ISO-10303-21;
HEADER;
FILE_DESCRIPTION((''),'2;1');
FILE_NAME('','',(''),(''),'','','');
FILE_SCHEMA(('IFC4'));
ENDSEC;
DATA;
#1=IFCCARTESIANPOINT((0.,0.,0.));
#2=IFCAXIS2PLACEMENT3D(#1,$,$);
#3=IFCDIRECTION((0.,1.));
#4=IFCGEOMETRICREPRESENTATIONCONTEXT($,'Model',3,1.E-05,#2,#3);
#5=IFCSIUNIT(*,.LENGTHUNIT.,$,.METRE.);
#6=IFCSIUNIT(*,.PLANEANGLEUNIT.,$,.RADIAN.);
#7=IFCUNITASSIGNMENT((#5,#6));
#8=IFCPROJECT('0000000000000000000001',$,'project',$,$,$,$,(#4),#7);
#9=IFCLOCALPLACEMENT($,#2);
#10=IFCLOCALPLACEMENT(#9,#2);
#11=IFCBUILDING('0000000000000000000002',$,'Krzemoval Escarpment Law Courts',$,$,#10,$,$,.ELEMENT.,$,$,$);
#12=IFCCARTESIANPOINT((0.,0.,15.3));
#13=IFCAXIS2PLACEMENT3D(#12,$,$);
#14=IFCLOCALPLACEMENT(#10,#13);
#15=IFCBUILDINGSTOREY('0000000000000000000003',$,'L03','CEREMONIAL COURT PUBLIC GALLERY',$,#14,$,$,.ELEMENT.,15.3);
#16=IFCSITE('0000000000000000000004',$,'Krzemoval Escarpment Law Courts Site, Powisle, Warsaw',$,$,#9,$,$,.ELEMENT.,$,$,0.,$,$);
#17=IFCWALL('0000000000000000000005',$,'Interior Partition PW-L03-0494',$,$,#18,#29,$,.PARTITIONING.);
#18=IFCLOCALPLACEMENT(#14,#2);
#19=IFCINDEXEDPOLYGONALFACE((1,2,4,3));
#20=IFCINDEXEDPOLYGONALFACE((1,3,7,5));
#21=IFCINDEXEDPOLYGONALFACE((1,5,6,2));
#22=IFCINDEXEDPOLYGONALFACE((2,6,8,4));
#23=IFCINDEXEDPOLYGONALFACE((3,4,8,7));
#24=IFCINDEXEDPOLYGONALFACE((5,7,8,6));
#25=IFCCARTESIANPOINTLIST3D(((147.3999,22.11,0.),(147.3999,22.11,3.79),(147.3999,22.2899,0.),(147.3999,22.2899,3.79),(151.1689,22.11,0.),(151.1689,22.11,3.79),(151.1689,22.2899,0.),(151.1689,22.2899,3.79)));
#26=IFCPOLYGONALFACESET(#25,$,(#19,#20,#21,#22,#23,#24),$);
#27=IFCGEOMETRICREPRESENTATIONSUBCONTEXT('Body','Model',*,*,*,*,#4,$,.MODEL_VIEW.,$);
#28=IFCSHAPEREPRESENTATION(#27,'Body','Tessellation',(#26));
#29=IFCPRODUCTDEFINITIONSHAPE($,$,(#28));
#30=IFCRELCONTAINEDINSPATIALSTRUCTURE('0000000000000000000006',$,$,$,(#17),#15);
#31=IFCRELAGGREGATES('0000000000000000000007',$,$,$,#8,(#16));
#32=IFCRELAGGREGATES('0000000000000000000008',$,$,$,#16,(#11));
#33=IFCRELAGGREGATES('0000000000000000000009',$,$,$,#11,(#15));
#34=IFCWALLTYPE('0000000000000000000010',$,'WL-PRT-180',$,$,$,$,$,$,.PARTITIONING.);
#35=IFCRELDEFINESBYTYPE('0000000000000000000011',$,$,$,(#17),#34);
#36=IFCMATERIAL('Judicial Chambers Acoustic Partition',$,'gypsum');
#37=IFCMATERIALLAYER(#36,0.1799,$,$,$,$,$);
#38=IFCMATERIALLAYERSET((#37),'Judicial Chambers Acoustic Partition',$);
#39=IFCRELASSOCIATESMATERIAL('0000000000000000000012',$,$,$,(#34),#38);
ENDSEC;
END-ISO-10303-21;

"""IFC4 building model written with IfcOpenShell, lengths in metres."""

from ifc_helpers import new_model, si_unit, direction, frame, frame_2d, origin, place, context, subcontext, project, spatial, rectangle, extrude, material, layer, layer_set, type_object, element, save


model = new_model("IFC4")

# Units and contexts
model_context = context("Model", 3, precision=1e-05, world=origin(), true_north=direction((0.0, 1.0)))
body_context = subcontext(model_context, "Body", "Model", "MODEL_VIEW")
ifc_project = project(units=[si_unit("LENGTHUNIT", "METRE"), si_unit("PLANEANGLEUNIT", "RADIAN")], contexts=[model_context])

# Site, building, storey
site_placement = place(None, origin())
site = spatial("IfcSite", under=ifc_project, at=site_placement, Name="Krzemoval Escarpment Law Courts Site, Powisle, Warsaw", CompositionType="ELEMENT", RefElevation=0.0)
building_placement = place(site_placement, origin())
building = spatial("IfcBuilding", under=site, at=building_placement, Name="Krzemoval Escarpment Law Courts", CompositionType="ELEMENT")
storey_placement = place(building_placement, frame((0.0, 0.0, 15.3)))
storey = spatial("IfcBuildingStorey", under=building, at=storey_placement, Name="L03", Description="CEREMONIAL COURT PUBLIC GALLERY", CompositionType="ELEMENT", Elevation=15.3)

# Wall
ifc_material_1 = material(Name="Judicial Chambers Acoustic Partition", Category="gypsum")
ifc_layer_1 = layer(ifc_material_1, 0.1799)
ifc_layer_set_1 = layer_set([ifc_layer_1], Name="Judicial Chambers Acoustic Partition")
wall_type_1 = type_object("IfcWallType", Name="WL-PRT-180", PredefinedType="PARTITIONING", material=ifc_layer_set_1)
wall_1_placement = place(storey_placement, frame((147.3999, 22.2, 0.0), z_axis=(0.0, 0.0, 1.0), x_axis=(1.0, 0.0, 0.0)))
element("IfcWall", 1, at=wall_1_placement, inside=storey, type_object=wall_type_1, Name="Interior Partition PW-L03-0494", PredefinedType="PARTITIONING", context=body_context, shape_type="SweptSolid", body=[
    extrude(rectangle(XDim=3.769, YDim=0.1799, at=frame_2d((1.8845, 0.0))), origin(), (0.0, 0.0, 1.0), 3.79),
])

save(model, "model.ifc")
